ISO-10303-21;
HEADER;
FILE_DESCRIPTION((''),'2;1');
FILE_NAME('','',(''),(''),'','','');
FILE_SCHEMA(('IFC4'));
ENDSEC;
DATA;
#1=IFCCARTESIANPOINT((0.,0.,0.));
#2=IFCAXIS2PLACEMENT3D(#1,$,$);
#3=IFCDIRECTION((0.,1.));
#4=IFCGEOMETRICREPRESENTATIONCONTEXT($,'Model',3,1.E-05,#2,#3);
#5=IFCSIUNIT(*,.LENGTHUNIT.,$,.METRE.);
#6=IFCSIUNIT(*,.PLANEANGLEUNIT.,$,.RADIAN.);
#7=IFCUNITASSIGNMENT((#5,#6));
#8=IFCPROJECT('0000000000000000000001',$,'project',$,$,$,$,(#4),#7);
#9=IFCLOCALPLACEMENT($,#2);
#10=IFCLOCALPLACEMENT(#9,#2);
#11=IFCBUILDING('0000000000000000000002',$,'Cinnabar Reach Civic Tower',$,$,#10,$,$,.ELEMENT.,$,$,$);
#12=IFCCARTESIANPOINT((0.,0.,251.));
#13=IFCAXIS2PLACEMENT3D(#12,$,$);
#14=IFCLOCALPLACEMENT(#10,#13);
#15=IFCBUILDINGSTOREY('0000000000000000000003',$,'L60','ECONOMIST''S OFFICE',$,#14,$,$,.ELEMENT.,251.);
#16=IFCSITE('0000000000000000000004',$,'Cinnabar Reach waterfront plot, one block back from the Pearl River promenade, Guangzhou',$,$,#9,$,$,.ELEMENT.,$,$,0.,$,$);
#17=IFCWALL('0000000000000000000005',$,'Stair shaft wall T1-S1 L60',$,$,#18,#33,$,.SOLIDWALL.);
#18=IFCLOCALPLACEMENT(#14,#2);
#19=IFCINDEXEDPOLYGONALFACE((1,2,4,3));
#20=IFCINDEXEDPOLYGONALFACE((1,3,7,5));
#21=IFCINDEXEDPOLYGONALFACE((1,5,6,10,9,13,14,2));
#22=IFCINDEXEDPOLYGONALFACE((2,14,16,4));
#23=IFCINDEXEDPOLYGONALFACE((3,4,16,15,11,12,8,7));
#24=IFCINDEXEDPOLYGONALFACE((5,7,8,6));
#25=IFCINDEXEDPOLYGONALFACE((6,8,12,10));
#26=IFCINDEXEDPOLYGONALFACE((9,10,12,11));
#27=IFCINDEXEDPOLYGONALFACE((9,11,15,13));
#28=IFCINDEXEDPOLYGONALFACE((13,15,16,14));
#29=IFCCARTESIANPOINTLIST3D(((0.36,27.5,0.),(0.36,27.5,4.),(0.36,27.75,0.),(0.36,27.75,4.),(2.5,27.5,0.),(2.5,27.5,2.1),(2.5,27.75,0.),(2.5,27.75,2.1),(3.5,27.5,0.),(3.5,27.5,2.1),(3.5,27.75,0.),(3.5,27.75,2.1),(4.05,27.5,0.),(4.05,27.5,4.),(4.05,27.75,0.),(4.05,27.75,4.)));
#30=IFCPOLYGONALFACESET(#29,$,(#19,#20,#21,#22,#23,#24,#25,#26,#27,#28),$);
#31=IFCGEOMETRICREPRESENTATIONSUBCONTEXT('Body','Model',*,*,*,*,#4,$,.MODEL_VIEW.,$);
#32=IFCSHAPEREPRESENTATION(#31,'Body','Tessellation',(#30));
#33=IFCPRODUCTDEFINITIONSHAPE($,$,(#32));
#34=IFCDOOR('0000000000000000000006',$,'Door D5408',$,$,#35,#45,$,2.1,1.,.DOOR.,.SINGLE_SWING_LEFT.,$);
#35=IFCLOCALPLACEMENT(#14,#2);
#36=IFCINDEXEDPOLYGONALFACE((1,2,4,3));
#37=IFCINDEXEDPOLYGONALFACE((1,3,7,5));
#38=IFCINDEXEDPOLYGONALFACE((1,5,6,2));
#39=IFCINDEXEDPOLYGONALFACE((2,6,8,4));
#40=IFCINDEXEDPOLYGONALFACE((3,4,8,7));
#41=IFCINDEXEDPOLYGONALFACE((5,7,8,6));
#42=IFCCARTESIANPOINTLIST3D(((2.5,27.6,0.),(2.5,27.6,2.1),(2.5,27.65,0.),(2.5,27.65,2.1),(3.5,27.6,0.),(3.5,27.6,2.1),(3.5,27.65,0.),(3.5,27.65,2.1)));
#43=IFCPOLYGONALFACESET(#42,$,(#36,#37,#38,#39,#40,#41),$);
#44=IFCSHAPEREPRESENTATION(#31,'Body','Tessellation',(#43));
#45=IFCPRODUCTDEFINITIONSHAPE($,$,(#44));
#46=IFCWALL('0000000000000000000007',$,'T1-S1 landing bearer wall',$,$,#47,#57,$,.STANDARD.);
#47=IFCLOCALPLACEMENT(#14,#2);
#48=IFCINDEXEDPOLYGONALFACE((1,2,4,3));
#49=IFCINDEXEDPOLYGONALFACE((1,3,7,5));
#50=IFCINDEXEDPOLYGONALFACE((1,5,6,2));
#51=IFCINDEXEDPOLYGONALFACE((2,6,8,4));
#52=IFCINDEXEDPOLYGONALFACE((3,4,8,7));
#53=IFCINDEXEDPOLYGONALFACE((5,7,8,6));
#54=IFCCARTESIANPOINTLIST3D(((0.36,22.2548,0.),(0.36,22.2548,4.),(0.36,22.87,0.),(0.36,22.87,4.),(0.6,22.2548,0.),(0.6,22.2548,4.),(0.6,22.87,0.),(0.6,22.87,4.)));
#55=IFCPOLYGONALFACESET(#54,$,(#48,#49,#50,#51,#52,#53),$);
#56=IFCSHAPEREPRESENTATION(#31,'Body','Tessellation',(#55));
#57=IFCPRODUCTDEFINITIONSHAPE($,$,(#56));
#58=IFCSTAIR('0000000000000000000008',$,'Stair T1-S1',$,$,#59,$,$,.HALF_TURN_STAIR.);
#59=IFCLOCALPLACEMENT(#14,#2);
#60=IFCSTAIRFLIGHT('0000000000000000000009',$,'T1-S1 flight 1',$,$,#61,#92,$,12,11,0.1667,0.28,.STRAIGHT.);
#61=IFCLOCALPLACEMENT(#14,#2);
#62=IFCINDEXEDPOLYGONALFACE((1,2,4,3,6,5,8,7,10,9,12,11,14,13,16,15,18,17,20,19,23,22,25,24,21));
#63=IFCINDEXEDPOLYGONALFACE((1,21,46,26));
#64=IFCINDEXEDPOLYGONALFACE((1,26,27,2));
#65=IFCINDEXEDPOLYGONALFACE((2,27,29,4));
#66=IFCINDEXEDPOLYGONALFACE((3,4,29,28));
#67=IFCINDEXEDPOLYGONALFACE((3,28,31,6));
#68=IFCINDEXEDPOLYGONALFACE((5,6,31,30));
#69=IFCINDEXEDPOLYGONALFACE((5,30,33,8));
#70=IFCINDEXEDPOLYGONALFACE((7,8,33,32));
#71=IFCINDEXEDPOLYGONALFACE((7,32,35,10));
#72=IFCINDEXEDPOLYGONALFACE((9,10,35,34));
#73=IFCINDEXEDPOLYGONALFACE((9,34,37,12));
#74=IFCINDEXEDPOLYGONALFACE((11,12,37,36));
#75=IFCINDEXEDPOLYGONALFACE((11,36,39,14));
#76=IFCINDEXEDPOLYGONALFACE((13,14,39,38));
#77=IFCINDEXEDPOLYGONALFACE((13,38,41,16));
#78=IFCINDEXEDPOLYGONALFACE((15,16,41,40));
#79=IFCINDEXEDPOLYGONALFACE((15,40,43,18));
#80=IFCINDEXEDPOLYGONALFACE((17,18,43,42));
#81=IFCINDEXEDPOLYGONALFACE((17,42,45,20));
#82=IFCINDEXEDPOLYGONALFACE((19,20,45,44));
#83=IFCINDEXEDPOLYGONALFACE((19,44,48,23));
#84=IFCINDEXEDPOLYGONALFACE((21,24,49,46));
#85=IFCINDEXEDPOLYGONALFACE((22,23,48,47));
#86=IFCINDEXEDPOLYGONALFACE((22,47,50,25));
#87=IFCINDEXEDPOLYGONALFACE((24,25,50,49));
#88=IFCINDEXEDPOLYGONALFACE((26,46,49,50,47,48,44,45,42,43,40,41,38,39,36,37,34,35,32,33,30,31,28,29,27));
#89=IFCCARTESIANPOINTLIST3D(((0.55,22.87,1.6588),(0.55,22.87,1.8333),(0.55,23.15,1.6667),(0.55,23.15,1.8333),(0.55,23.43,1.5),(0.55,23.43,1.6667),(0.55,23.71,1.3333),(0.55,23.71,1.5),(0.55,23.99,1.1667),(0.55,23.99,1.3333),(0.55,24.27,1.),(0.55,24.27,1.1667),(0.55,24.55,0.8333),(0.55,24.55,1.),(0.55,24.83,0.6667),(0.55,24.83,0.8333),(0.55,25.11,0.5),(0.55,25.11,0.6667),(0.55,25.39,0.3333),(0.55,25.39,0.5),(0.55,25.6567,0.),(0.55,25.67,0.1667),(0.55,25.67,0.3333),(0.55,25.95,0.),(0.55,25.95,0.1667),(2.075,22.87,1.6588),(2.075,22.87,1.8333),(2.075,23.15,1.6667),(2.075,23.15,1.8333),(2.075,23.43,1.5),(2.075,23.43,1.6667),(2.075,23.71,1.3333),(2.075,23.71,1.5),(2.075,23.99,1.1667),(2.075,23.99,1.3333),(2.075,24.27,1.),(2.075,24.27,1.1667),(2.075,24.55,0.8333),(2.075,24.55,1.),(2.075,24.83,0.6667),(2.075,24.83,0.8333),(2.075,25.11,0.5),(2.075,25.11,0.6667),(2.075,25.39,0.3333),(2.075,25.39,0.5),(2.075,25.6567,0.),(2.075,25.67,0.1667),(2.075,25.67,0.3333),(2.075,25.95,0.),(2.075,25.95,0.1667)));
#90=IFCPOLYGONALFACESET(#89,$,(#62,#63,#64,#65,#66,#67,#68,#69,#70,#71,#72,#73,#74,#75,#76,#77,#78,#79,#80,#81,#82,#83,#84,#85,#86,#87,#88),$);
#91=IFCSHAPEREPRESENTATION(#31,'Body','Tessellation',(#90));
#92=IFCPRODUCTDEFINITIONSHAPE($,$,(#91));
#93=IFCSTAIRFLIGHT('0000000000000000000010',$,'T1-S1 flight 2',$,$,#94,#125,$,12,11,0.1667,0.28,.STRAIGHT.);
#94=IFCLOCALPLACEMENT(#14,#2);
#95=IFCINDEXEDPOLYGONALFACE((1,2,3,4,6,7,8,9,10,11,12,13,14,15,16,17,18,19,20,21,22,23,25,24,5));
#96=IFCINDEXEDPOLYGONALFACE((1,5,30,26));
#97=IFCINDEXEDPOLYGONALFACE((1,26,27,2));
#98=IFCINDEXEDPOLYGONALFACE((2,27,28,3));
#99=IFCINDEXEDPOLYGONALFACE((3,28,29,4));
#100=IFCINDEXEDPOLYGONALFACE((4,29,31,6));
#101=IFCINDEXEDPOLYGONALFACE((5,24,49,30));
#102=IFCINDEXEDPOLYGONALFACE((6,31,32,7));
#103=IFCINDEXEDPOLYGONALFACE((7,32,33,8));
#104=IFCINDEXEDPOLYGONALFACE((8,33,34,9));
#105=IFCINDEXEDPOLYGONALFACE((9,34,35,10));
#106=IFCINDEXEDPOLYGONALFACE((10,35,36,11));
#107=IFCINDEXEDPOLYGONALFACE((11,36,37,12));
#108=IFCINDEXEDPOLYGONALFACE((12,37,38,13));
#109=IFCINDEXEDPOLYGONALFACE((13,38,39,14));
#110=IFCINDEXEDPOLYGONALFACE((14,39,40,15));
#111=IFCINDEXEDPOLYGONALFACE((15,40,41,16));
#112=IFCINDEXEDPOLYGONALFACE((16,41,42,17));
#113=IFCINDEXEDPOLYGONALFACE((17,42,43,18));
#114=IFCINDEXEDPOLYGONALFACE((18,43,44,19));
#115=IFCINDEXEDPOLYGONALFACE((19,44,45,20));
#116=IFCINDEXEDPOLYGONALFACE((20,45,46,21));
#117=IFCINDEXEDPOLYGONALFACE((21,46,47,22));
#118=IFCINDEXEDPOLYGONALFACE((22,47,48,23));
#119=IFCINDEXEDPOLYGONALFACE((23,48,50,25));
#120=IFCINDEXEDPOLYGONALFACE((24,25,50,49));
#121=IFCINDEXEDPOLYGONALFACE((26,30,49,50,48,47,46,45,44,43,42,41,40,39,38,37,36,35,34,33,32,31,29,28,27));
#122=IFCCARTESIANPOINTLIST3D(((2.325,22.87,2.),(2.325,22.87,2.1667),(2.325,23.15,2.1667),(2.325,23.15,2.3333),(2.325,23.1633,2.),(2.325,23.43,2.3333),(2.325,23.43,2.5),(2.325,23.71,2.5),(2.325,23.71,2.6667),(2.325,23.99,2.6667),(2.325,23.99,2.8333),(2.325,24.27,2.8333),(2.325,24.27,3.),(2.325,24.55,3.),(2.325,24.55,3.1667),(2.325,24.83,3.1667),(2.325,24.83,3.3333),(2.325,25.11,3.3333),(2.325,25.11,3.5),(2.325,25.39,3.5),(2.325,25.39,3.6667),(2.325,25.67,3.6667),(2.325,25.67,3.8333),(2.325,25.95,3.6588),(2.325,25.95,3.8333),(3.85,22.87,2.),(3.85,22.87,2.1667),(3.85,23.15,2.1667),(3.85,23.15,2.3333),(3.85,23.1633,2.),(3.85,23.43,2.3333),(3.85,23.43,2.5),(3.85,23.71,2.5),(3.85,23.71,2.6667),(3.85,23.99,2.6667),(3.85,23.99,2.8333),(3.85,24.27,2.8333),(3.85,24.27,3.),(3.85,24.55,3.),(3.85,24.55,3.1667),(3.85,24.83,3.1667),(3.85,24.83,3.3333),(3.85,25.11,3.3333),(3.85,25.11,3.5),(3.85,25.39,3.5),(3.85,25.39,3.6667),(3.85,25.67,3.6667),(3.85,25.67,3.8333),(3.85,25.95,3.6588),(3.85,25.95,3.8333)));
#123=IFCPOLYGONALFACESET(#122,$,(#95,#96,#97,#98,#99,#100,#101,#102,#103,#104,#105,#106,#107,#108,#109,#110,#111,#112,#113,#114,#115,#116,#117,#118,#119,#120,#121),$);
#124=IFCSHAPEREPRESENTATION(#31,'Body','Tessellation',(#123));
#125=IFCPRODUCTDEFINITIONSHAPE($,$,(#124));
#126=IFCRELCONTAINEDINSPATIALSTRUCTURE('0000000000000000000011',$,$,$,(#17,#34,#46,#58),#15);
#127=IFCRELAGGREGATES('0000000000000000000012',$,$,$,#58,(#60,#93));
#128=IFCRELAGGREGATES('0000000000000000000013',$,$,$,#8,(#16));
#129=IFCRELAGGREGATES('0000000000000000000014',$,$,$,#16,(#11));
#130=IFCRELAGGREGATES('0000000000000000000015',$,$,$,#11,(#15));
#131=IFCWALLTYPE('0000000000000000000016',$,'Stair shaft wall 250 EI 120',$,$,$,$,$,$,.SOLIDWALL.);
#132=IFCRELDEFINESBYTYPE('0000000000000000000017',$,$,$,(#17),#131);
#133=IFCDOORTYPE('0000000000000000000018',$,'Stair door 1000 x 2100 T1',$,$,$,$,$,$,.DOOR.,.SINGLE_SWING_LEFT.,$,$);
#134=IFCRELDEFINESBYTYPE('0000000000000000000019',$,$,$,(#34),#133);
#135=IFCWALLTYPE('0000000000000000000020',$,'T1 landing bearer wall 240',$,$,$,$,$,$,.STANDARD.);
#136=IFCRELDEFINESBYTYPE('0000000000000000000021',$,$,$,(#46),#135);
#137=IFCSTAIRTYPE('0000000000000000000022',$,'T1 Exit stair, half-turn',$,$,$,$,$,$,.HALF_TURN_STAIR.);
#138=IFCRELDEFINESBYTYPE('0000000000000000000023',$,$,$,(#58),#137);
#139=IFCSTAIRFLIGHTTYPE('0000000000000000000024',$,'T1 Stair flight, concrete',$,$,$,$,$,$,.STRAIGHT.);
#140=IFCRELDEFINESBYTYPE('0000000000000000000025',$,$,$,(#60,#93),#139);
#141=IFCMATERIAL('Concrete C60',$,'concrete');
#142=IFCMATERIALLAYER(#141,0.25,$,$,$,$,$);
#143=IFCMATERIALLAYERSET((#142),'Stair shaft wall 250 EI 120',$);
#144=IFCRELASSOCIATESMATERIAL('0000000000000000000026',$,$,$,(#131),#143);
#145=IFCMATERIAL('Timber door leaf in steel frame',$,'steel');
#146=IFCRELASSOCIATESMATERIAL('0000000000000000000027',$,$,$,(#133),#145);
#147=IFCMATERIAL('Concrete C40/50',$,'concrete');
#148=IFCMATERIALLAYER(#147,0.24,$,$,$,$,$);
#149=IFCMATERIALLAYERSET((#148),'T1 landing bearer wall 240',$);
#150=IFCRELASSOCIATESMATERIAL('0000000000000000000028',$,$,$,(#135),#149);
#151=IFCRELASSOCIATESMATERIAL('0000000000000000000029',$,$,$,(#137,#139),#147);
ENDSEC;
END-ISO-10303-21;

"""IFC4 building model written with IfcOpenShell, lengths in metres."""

from ifc_helpers import new_model, si_unit, direction, frame, frame_2d, origin, place, context, subcontext, project, spatial, polyline, rectangle, outline, extrude, material, layer, layer_set, type_object, element, fill, aggregate, save


model = new_model("IFC4")

# Units and contexts
model_context = context("Model", 3, precision=1e-05, world=origin(), true_north=direction((0.0, 1.0)))
body_context = subcontext(model_context, "Body", "Model", "MODEL_VIEW")
ifc_project = project(units=[si_unit("LENGTHUNIT", "METRE"), si_unit("PLANEANGLEUNIT", "RADIAN")], contexts=[model_context])

# Site, building, storey
site_placement = place(None, origin())
site = spatial("IfcSite", under=ifc_project, at=site_placement, Name="Cinnabar Reach waterfront plot, one block back from the Pearl River promenade, Guangzhou", CompositionType="ELEMENT", RefElevation=0.0)
building_placement = place(site_placement, origin())
building = spatial("IfcBuilding", under=site, at=building_placement, Name="Cinnabar Reach Civic Tower", CompositionType="ELEMENT")
storey_placement = place(building_placement, frame((0.0, 0.0, 251.0)))
storey = spatial("IfcBuildingStorey", under=building, at=storey_placement, Name="L60", Description="ECONOMIST'S OFFICE", CompositionType="ELEMENT", Elevation=251.0)

# Shared definitions
ifc_material_1 = material(Name="Concrete C60", Category="concrete")

# Shared definitions
ifc_material_2 = material(Name="Timber door leaf in steel frame", Category="steel")

# Wall, opening, door
ifc_layer_1 = layer(ifc_material_1, 0.25)
ifc_layer_set_1 = layer_set([ifc_layer_1], Name="Stair shaft wall 250 EI 120")
wall_type_1 = type_object("IfcWallType", Name="Stair shaft wall 250 EI 120", PredefinedType="SOLIDWALL", material=ifc_layer_set_1)
wall_1_placement = place(storey_placement, frame((4.05, 27.625, 0.0), z_axis=(0.0, 0.0, 1.0), x_axis=(-1.0, 0.0, 0.0)))
wall_1 = element("IfcWall", 1, at=wall_1_placement, inside=storey, type_object=wall_type_1, Name="Stair shaft wall T1-S1 L60", PredefinedType="SOLIDWALL", context=body_context, shape_type="SweptSolid", body=[
    extrude(rectangle(XDim=3.69, YDim=0.25, at=frame_2d((1.845, 0.0))), origin(), (0.0, 0.0, 1.0), 4.0),
])
opening_1_placement = place(wall_1_placement, frame((0.55, 0.0, 0.0)))
opening_1 = element("IfcOpeningElement", 2, at=opening_1_placement, cuts=wall_1, PredefinedType="OPENING", context=body_context, shape_type="SweptSolid", body=[
    extrude(rectangle(XDim=1.0, YDim=2.1, at=frame_2d((0.5, 1.05))), frame((0.0, 0.135, 0.0), z_axis=(0.0, -1.0, 0.0), x_axis=(1.0, 0.0, 0.0)), (0.0, 0.0, 1.0), 0.27),
])
door_type_1 = type_object("IfcDoorType", Name="Stair door 1000 x 2100 T1", OperationType="SINGLE_SWING_LEFT", PredefinedType="DOOR", material=ifc_material_2)
door_1_placement = place(opening_1_placement, origin())
door_1 = element("IfcDoor", 3, at=door_1_placement, inside=storey, type_object=door_type_1, Name="Door D5408", OperationType="SINGLE_SWING_LEFT", OverallHeight=2.1, OverallWidth=1.0, PredefinedType="DOOR", context=body_context, shape_type="SweptSolid", body=[
    extrude(rectangle(XDim=1.0, YDim=2.1, at=frame_2d((0.5, 1.05))), frame((0.0, 0.025, 0.0), z_axis=(0.0, -1.0, 0.0), x_axis=(1.0, 0.0, 0.0)), (0.0, 0.0, 1.0), 0.05),
])
fill(opening_1, door_1)

# Wall
ifc_material_3 = material(Name="Concrete C40/50", Category="concrete")
ifc_layer_2 = layer(ifc_material_3, 0.24)
ifc_layer_set_2 = layer_set([ifc_layer_2], Name="T1 landing bearer wall 240")
wall_type_2 = type_object("IfcWallType", Name="T1 landing bearer wall 240", PredefinedType="STANDARD", material=ifc_layer_set_2)
wall_2_placement = place(storey_placement, frame((0.48, 22.2549, 0.0), z_axis=(0.0, 0.0, 1.0), x_axis=(0.0, 1.0, 0.0)))
element("IfcWall", 4, at=wall_2_placement, inside=storey, type_object=wall_type_2, Name="T1-S1 landing bearer wall", PredefinedType="STANDARD", context=body_context, shape_type="SweptSolid", body=[
    extrude(rectangle(XDim=0.6151, YDim=0.24, at=frame_2d((0.3075, 0.0))), origin(), (0.0, 0.0, 1.0), 4.0),
])

# Stair, stair flights
stair_type = type_object("IfcStairType", Name="T1 Exit stair, half-turn", PredefinedType="HALF_TURN_STAIR", material=ifc_material_3)
stair_placement = place(storey_placement, origin())
stair = element("IfcStair", 5, at=stair_placement, inside=storey, type_object=stair_type, Name="Stair T1-S1", PredefinedType="HALF_TURN_STAIR")
stair_flight_type = type_object("IfcStairFlightType", Name="T1 Stair flight, concrete", PredefinedType="STRAIGHT", material=ifc_material_3)
stair_flight_1_placement = place(storey_placement, frame((1.3125, 25.95, 0.0), z_axis=(0.0, 0.0, 1.0), x_axis=(0.0, -1.0, 0.0)))
stair_flight_1 = element("IfcStairFlight", 6, at=stair_flight_1_placement, type_object=stair_flight_type, Name="T1-S1 flight 1", NumberOfRisers=12, NumberOfTreads=11, PredefinedType="STRAIGHT", RiserHeight=0.1667, TreadLength=0.28, context=body_context, shape_type="SweptSolid", body=[
    extrude(outline(polyline([(0.0, 0.0), (0.0, 0.1667), (0.28, 0.1667), (0.28, 0.3333), (0.56, 0.3333), (0.56, 0.5), (0.84, 0.5), (0.84, 0.6667), (1.12, 0.6667), (1.12, 0.8333), (1.4, 0.8333), (1.4, 1.0), (1.68, 1.0), (1.68, 1.1667), (1.96, 1.1667), (1.96, 1.3333), (2.24, 1.3333), (2.24, 1.5), (2.52, 1.5), (2.52, 1.6667), (2.8, 1.6667), (2.8, 1.8333), (3.08, 1.8333), (3.08, 2.0), (3.08, 1.6588), (0.2933, 0.0), (0.0, 0.0)])), frame((0.0, 0.7625, 0.0), z_axis=(0.0, -1.0, 0.0), x_axis=(1.0, 0.0, 0.0)), (0.0, 0.0, 1.0), 1.525),
])
stair_flight_2_placement = place(storey_placement, frame((3.0875, 22.87, 2.0), z_axis=(0.0, 0.0, 1.0), x_axis=(0.0, 1.0, 0.0)))
stair_flight_2 = element("IfcStairFlight", 7, at=stair_flight_2_placement, type_object=stair_flight_type, Name="T1-S1 flight 2", NumberOfRisers=12, NumberOfTreads=11, PredefinedType="STRAIGHT", RiserHeight=0.1667, TreadLength=0.28, context=body_context, shape_type="SweptSolid", body=[
    extrude(outline(polyline([(0.0, 0.0), (0.0, 0.1667), (0.28, 0.1667), (0.28, 0.3333), (0.56, 0.3333), (0.56, 0.5), (0.84, 0.5), (0.84, 0.6667), (1.12, 0.6667), (1.12, 0.8333), (1.4, 0.8333), (1.4, 1.0), (1.68, 1.0), (1.68, 1.1667), (1.96, 1.1667), (1.96, 1.3333), (2.24, 1.3333), (2.24, 1.5), (2.52, 1.5), (2.52, 1.6667), (2.8, 1.6667), (2.8, 1.8333), (3.08, 1.8333), (3.08, 2.0), (3.08, 1.6588), (0.2933, 0.0), (0.0, 0.0)])), frame((0.0, 0.7625, 0.0), z_axis=(0.0, -1.0, 0.0), x_axis=(1.0, 0.0, 0.0)), (0.0, 0.0, 1.0), 1.525),
])
aggregate(stair, [stair_flight_1, stair_flight_2])

save(model, "model.ifc")
